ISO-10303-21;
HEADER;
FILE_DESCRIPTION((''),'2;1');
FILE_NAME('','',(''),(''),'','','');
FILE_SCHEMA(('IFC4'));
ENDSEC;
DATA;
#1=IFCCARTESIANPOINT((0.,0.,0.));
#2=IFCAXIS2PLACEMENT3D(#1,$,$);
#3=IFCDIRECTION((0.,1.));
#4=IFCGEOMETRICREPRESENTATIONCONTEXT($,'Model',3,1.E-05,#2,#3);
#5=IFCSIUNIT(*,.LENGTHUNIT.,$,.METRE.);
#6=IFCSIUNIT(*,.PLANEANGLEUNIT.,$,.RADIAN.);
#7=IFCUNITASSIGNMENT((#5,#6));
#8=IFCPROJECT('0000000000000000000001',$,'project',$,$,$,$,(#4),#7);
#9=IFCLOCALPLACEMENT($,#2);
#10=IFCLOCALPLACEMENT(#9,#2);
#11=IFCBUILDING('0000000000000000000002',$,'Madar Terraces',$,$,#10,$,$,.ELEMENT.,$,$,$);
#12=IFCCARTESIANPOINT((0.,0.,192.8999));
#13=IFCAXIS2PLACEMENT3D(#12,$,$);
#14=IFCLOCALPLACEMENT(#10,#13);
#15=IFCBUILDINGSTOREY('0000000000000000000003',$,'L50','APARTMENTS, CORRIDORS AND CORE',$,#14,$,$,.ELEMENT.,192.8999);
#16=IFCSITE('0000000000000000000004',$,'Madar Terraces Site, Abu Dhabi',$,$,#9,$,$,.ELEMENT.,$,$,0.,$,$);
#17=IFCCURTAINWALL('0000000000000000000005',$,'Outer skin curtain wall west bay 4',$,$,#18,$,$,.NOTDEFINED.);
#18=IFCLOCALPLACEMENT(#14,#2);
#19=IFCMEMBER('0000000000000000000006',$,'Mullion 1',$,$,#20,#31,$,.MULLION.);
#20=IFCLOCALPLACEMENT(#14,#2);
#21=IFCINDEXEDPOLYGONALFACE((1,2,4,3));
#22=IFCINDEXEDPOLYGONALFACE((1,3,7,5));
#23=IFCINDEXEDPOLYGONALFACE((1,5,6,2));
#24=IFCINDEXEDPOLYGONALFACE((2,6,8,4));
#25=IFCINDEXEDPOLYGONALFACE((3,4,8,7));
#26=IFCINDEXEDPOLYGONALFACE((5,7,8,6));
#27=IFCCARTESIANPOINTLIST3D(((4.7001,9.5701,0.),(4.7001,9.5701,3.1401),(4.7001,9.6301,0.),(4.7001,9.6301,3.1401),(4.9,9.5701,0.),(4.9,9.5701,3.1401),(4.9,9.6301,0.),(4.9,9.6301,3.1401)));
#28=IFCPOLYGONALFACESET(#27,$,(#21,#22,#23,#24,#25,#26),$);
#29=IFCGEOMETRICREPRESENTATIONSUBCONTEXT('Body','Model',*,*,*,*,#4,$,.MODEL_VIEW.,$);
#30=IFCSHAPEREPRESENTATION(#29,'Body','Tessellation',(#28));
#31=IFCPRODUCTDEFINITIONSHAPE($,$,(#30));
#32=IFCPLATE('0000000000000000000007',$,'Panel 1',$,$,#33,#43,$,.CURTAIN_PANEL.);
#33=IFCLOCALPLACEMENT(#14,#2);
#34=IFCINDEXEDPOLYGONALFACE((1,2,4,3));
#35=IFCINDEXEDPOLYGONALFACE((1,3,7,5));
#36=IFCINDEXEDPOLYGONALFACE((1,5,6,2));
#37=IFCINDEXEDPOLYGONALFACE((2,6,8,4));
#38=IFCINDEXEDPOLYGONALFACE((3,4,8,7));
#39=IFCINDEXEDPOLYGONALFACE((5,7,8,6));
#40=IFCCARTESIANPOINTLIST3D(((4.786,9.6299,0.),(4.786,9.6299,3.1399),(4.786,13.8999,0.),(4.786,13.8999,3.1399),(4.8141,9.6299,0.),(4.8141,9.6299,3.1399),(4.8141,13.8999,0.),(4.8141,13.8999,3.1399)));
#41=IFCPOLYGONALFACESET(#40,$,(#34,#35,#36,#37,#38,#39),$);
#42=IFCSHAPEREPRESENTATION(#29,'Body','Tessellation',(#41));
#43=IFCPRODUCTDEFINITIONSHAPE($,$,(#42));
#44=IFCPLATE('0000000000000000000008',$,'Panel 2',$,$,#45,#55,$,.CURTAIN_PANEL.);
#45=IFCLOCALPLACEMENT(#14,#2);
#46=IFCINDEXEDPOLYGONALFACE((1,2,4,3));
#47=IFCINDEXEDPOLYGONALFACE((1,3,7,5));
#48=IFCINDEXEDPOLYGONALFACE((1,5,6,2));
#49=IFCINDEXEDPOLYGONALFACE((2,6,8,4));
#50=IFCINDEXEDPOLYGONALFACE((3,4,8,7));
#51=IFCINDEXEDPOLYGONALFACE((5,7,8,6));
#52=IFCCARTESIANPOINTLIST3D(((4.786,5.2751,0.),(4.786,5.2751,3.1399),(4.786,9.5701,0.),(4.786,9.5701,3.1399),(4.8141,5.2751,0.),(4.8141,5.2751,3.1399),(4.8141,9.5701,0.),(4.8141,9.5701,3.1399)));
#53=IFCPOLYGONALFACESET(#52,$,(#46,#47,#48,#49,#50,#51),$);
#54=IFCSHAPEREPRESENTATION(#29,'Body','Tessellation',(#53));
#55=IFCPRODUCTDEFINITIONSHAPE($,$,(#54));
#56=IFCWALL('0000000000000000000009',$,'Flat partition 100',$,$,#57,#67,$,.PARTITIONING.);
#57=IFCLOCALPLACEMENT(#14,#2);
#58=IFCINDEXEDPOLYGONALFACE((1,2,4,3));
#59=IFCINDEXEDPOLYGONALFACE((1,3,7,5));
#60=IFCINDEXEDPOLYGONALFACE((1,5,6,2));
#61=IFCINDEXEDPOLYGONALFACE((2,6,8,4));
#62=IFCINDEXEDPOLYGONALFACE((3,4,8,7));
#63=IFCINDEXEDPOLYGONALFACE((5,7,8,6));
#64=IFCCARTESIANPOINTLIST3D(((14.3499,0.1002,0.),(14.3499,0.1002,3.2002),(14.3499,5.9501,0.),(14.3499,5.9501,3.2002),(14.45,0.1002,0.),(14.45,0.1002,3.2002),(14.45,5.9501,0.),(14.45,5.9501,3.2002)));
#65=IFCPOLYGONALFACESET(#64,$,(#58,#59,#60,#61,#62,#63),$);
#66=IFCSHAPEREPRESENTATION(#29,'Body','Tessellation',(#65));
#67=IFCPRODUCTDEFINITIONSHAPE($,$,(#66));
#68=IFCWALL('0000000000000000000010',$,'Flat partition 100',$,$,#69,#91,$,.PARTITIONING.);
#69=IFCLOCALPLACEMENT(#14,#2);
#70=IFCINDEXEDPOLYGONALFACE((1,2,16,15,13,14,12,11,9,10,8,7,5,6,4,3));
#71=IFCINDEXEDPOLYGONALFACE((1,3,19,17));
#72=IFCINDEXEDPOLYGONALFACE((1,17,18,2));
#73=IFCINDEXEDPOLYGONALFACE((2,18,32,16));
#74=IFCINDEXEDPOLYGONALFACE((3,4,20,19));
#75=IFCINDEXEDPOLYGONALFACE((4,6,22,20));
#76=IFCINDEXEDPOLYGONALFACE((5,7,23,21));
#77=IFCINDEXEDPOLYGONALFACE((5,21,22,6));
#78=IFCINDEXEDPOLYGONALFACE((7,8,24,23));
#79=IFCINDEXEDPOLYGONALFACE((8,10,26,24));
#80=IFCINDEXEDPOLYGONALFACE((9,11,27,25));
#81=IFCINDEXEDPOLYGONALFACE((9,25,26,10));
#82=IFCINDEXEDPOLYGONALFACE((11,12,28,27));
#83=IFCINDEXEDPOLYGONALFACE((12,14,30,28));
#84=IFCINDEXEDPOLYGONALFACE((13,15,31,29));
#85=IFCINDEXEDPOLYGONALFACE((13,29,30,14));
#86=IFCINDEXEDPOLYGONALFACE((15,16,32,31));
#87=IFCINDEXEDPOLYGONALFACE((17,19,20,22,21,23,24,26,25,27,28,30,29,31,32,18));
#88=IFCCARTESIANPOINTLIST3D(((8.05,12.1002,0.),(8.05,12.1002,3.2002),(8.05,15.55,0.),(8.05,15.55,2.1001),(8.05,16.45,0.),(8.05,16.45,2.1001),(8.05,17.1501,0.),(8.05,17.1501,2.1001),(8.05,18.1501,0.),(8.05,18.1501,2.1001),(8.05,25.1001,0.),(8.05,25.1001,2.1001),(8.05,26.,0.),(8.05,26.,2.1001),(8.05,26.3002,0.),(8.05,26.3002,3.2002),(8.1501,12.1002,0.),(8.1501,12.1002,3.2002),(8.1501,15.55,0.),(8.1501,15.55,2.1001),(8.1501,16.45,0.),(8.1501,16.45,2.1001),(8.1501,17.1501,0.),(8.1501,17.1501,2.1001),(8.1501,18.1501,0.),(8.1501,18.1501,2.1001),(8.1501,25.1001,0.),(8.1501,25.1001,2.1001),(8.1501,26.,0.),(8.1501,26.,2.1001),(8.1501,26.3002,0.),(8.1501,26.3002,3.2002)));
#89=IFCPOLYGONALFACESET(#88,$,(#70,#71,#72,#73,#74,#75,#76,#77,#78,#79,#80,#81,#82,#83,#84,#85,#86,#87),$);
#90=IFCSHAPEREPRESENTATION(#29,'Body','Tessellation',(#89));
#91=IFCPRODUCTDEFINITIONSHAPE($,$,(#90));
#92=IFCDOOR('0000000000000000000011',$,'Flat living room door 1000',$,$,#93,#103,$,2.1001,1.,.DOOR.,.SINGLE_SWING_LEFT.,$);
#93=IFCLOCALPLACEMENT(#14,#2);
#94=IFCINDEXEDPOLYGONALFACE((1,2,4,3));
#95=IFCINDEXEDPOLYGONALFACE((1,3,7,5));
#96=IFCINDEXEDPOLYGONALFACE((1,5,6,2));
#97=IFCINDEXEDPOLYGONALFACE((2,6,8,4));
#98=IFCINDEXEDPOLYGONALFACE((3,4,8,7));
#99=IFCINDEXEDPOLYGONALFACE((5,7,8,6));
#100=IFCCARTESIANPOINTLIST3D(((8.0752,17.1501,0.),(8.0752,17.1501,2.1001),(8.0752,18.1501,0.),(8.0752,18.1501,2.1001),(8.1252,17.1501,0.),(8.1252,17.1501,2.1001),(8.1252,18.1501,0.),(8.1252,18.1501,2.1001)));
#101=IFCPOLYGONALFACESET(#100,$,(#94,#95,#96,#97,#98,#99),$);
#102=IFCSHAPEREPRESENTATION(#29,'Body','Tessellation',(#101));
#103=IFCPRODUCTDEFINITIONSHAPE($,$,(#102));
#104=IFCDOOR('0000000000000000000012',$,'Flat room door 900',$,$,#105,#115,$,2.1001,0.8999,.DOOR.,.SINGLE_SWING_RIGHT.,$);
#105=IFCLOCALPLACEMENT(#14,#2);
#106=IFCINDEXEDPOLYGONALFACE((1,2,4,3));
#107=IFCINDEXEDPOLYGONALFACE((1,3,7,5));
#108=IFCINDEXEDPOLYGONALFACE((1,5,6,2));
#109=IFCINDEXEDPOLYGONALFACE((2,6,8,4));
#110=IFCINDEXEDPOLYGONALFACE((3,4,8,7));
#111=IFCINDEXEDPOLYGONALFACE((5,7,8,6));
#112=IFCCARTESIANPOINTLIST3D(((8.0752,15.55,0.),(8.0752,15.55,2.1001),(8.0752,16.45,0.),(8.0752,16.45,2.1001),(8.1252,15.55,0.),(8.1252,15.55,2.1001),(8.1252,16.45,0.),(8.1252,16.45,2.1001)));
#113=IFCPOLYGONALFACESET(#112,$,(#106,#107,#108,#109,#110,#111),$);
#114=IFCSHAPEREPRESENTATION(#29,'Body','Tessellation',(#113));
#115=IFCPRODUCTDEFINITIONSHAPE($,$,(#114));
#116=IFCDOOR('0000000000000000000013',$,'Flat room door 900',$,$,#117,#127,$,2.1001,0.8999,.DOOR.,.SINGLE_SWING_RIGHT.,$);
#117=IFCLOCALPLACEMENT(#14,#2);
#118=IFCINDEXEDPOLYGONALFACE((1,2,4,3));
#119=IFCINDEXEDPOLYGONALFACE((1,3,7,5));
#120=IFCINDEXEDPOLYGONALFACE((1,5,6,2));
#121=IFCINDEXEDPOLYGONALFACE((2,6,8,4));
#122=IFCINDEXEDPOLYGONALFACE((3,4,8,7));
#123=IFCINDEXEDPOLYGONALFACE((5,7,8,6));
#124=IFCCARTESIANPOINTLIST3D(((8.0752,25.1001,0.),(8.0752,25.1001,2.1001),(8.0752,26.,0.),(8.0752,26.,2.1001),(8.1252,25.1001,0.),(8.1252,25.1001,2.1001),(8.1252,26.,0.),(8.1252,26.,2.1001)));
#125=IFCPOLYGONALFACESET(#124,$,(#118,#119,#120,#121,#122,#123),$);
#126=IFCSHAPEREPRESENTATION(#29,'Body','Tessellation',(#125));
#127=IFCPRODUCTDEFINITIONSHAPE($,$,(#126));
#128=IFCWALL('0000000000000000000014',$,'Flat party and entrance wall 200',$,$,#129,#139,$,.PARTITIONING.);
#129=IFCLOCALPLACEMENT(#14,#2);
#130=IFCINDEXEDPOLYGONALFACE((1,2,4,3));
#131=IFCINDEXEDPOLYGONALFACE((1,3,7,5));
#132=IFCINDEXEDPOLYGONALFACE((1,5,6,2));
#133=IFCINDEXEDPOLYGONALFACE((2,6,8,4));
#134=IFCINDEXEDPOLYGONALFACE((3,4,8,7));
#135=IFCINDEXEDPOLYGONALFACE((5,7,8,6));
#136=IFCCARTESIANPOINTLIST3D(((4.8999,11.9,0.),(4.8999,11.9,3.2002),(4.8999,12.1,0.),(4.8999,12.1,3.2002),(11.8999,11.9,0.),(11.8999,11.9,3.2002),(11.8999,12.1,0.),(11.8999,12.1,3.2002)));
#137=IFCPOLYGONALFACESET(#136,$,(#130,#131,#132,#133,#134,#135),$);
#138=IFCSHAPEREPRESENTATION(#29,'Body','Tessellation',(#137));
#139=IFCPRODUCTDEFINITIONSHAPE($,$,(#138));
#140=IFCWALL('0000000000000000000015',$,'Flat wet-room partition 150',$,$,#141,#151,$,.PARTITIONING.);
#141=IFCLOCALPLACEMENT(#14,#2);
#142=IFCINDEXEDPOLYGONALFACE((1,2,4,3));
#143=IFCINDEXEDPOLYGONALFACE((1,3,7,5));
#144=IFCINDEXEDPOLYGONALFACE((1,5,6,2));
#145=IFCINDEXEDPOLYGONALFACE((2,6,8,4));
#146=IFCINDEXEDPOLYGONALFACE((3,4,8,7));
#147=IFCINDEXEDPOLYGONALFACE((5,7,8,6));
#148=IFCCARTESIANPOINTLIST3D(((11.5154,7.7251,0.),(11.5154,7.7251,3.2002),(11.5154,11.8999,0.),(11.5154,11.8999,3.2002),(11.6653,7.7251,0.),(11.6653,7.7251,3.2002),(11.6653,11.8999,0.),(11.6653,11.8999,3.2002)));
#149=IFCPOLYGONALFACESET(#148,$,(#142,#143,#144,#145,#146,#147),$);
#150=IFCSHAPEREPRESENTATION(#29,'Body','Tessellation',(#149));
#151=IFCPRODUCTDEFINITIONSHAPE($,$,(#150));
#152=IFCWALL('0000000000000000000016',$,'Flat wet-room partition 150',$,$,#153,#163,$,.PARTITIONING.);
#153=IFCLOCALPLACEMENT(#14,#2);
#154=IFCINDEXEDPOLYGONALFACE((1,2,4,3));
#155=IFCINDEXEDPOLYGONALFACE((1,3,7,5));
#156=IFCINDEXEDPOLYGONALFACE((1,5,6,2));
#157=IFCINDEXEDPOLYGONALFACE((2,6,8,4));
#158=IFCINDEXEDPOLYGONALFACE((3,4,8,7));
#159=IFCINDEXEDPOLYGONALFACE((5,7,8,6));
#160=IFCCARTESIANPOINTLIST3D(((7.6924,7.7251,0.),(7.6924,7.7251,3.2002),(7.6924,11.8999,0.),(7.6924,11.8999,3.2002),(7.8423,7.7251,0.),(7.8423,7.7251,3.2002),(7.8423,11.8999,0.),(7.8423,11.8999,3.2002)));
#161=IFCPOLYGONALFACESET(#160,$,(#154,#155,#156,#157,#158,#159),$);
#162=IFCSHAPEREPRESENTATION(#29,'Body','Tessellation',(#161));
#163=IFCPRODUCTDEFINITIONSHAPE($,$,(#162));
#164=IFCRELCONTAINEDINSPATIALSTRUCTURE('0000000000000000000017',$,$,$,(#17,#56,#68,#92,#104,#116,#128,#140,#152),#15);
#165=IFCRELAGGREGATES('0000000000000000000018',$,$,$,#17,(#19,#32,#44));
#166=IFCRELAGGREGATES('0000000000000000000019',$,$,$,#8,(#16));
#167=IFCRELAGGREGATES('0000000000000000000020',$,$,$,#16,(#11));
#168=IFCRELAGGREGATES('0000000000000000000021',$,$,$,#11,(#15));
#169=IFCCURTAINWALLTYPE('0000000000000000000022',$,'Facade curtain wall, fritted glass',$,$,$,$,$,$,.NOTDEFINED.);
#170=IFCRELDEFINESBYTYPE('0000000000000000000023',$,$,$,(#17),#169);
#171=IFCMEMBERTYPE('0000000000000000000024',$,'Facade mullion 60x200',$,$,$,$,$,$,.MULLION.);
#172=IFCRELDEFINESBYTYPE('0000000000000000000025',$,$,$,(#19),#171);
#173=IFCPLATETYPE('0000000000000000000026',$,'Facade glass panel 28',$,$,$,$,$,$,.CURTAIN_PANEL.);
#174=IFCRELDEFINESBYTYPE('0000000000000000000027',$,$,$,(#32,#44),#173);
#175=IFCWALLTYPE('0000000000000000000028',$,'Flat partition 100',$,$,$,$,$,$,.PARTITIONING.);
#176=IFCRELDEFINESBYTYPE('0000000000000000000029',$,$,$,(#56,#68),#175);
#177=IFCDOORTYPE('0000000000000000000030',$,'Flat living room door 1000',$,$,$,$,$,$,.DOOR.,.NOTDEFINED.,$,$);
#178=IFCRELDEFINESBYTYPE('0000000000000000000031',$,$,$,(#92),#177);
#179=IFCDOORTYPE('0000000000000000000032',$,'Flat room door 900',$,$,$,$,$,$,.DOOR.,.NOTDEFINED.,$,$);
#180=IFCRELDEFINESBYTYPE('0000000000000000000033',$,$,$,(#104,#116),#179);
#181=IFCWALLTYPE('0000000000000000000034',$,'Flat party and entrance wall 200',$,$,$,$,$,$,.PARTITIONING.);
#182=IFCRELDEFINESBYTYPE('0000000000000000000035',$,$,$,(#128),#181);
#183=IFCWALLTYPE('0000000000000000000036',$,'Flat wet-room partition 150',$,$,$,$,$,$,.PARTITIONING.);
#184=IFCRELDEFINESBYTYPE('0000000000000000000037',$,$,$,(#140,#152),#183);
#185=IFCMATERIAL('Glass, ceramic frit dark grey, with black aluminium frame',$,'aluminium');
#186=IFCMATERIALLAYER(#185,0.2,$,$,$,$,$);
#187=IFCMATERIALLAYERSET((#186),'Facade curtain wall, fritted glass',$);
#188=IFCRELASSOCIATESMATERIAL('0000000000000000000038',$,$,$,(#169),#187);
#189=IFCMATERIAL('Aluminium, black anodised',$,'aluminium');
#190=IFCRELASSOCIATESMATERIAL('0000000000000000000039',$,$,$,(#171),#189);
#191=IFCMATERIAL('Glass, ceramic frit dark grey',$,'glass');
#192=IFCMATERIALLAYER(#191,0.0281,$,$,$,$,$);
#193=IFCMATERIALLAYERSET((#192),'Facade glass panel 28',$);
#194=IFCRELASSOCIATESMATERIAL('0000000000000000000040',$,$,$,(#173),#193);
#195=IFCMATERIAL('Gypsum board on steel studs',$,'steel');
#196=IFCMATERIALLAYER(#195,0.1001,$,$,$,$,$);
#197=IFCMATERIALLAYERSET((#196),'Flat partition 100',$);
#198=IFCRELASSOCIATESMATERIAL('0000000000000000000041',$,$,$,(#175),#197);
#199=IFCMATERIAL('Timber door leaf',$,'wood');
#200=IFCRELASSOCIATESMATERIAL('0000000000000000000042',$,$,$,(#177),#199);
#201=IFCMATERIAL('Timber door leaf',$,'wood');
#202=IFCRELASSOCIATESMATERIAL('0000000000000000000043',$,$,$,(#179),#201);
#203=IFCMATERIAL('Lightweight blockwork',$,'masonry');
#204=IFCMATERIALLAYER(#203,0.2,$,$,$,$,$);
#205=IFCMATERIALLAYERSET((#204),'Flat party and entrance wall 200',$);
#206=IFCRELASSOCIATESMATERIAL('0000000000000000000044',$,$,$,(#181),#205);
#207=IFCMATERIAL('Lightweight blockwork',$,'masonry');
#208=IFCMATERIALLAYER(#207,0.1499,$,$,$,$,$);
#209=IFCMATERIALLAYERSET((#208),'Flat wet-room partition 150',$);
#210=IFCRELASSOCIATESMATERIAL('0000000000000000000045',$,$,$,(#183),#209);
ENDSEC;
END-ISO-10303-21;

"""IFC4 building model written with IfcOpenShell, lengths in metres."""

from ifc_helpers import new_model, si_unit, direction, frame, frame_2d, origin, origin_2d, place, context, subcontext, project, spatial, rectangle, extrude, material, layer, layer_set, material_profile, profile_set, type_object, element, fill, aggregate, save


model = new_model("IFC4")

# Units and contexts
model_context = context("Model", 3, precision=1e-05, world=origin(), true_north=direction((0.0, 1.0)))
body_context = subcontext(model_context, "Body", "Model", "MODEL_VIEW")
ifc_project = project(units=[si_unit("LENGTHUNIT", "METRE"), si_unit("PLANEANGLEUNIT", "RADIAN")], contexts=[model_context])

# Site, building, storey
site_placement = place(None, origin())
site = spatial("IfcSite", under=ifc_project, at=site_placement, Name="Madar Terraces Site, Abu Dhabi", CompositionType="ELEMENT", RefElevation=0.0)
building_placement = place(site_placement, origin())
building = spatial("IfcBuilding", under=site, at=building_placement, Name="Madar Terraces", CompositionType="ELEMENT")
storey_placement = place(building_placement, frame((0.0, 0.0, 192.8999)))
storey = spatial("IfcBuildingStorey", under=building, at=storey_placement, Name="L50", Description="APARTMENTS, CORRIDORS AND CORE", CompositionType="ELEMENT", Elevation=192.8999)

# Curtain wall, member, plates
ifc_material_1 = material(Name="Glass, ceramic frit dark grey, with black aluminium frame", Category="aluminium")
ifc_layer_1 = layer(ifc_material_1, 0.2)
ifc_layer_set_1 = layer_set([ifc_layer_1], Name="Facade curtain wall, fritted glass")
curtain_wall_type = type_object("IfcCurtainWallType", Name="Facade curtain wall, fritted glass", PredefinedType="NOTDEFINED", material=ifc_layer_set_1)
curtain_wall_placement = place(storey_placement, origin())
curtain_wall = element("IfcCurtainWall", 1, at=curtain_wall_placement, inside=storey, type_object=curtain_wall_type, Name="Outer skin curtain wall west bay 4", PredefinedType="NOTDEFINED")
ifc_material_2 = material(Name="Aluminium, black anodised", Category="aluminium")
ifc_material_profile = material_profile(ifc_material_2, rectangle(XDim=0.2, YDim=0.0601, at=origin_2d()), Name="Facade mullion 60x200")
ifc_profile_set = profile_set([ifc_material_profile], Name="Aluminium, black anodised")
member_type = type_object("IfcMemberType", Name="Facade mullion 60x200", PredefinedType="MULLION", material=ifc_profile_set)
member_placement = place(storey_placement, frame((4.8, 9.6001, 0.0), z_axis=(0.0, 0.0, 1.0), x_axis=(1.0, 0.0, 0.0)))
member = element("IfcMember", 2, at=member_placement, type_object=member_type, Name="Mullion 1", PredefinedType="MULLION", context=body_context, shape_type="SweptSolid", body=[
    extrude(rectangle(XDim=0.2, YDim=0.0601, at=origin_2d()), origin(), (0.0, 0.0, 1.0), 3.1401),
])
ifc_material_3 = material(Name="Glass, ceramic frit dark grey", Category="glass")
ifc_layer_2 = layer(ifc_material_3, 0.0281)
ifc_layer_set_2 = layer_set([ifc_layer_2], Name="Facade glass panel 28")
plate_type = type_object("IfcPlateType", Name="Facade glass panel 28", PredefinedType="CURTAIN_PANEL", material=ifc_layer_set_2)
plate_1_placement = place(storey_placement, frame((4.8, 11.7649, 0.0), z_axis=(0.0, 0.0, 1.0), x_axis=(0.0, -1.0, 0.0)))
plate_1 = element("IfcPlate", 3, at=plate_1_placement, type_object=plate_type, Name="Panel 1", PredefinedType="CURTAIN_PANEL", context=body_context, shape_type="SweptSolid", body=[
    extrude(rectangle(XDim=4.27, YDim=0.0281, at=origin_2d()), origin(), (0.0, 0.0, 1.0), 3.1399),
])
plate_2_placement = place(storey_placement, frame((4.8, 7.4226, 0.0), z_axis=(0.0, 0.0, 1.0), x_axis=(0.0, -1.0, 0.0)))
plate_2 = element("IfcPlate", 4, at=plate_2_placement, type_object=plate_type, Name="Panel 2", PredefinedType="CURTAIN_PANEL", context=body_context, shape_type="SweptSolid", body=[
    extrude(rectangle(XDim=4.2949, YDim=0.0281, at=origin_2d()), origin(), (0.0, 0.0, 1.0), 3.1399),
])
aggregate(curtain_wall, [member, plate_1, plate_2])

# Wall
ifc_material_4 = material(Name="Gypsum board on steel studs", Category="steel")
ifc_layer_3 = layer(ifc_material_4, 0.1001)
ifc_layer_set_3 = layer_set([ifc_layer_3], Name="Flat partition 100")
wall_type_1 = type_object("IfcWallType", Name="Flat partition 100", PredefinedType="PARTITIONING", material=ifc_layer_set_3)
wall_1_placement = place(storey_placement, frame((14.3999, 5.95, 0.0), z_axis=(0.0, 0.0, 1.0), x_axis=(0.0, -1.0, 0.0)))
element("IfcWall", 5, at=wall_1_placement, inside=storey, type_object=wall_type_1, Name="Flat partition 100", PredefinedType="PARTITIONING", context=body_context, shape_type="SweptSolid", body=[
    extrude(rectangle(XDim=5.8499, YDim=0.1001, at=frame_2d((2.9248, 0.0))), origin(), (0.0, 0.0, 1.0), 3.2002),
])

# Wall, openings, doors
wall_2_placement = place(storey_placement, frame((8.1001, 12.1001, 0.0), z_axis=(0.0, 0.0, 1.0), x_axis=(0.0, 1.0, 0.0)))
wall_2 = element("IfcWall", 6, at=wall_2_placement, inside=storey, type_object=wall_type_1, Name="Flat partition 100", PredefinedType="PARTITIONING", context=body_context, shape_type="SweptSolid", body=[
    extrude(rectangle(XDim=14.2, YDim=0.1001, at=frame_2d((7.1001, 0.0))), origin(), (0.0, 0.0, 1.0), 3.2002),
])
opening_1_placement = place(wall_2_placement, frame((3.45, 0.0, 0.0)))
opening_1 = element("IfcOpeningElement", 7, at=opening_1_placement, cuts=wall_2, PredefinedType="OPENING", context=body_context, shape_type="SweptSolid", body=[
    extrude(rectangle(XDim=0.8999, YDim=2.1001, at=frame_2d((0.45, 1.05))), frame((0.0, 0.0601, 0.0), z_axis=(0.0, -1.0, 0.0), x_axis=(1.0, 0.0, 0.0)), (0.0, 0.0, 1.0), 0.1201),
])
opening_2_placement = place(wall_2_placement, frame((5.05, 0.0, 0.0)))
opening_2 = element("IfcOpeningElement", 8, at=opening_2_placement, cuts=wall_2, PredefinedType="OPENING", context=body_context, shape_type="SweptSolid", body=[
    extrude(rectangle(XDim=1.0, YDim=2.1001, at=frame_2d((0.5, 1.05))), frame((0.0, 0.0601, 0.0), z_axis=(0.0, -1.0, 0.0), x_axis=(1.0, 0.0, 0.0)), (0.0, 0.0, 1.0), 0.1201),
])
opening_3_placement = place(wall_2_placement, frame((13.0, 0.0, 0.0)))
opening_3 = element("IfcOpeningElement", 9, at=opening_3_placement, cuts=wall_2, PredefinedType="OPENING", context=body_context, shape_type="SweptSolid", body=[
    extrude(rectangle(XDim=0.8999, YDim=2.1001, at=frame_2d((0.45, 1.05))), frame((0.0, 0.0601, 0.0), z_axis=(0.0, -1.0, 0.0), x_axis=(1.0, 0.0, 0.0)), (0.0, 0.0, 1.0), 0.1201),
])
ifc_material_5 = material(Name="Timber door leaf", Category="wood")
door_type_1 = type_object("IfcDoorType", Name="Flat living room door 1000", OperationType="NOTDEFINED", PredefinedType="DOOR", material=ifc_material_5)
door_1_placement = place(opening_2_placement, origin())
door_1 = element("IfcDoor", 10, at=door_1_placement, inside=storey, type_object=door_type_1, Name="Flat living room door 1000", OperationType="SINGLE_SWING_LEFT", OverallHeight=2.1001, OverallWidth=1.0, PredefinedType="DOOR", context=body_context, shape_type="SweptSolid", body=[
    extrude(rectangle(XDim=1.0, YDim=2.1001, at=frame_2d((0.5, 1.05))), frame((0.0, 0.0249, 0.0), z_axis=(0.0, -1.0, 0.0), x_axis=(1.0, 0.0, 0.0)), (0.0, 0.0, 1.0), 0.05),
])
fill(opening_2, door_1)
ifc_material_6 = material(Name="Timber door leaf", Category="wood")
door_type_2 = type_object("IfcDoorType", Name="Flat room door 900", OperationType="NOTDEFINED", PredefinedType="DOOR", material=ifc_material_6)
door_2_placement = place(opening_1_placement, origin())
door_2 = element("IfcDoor", 11, at=door_2_placement, inside=storey, type_object=door_type_2, Name="Flat room door 900", OperationType="SINGLE_SWING_RIGHT", OverallHeight=2.1001, OverallWidth=0.8999, PredefinedType="DOOR", context=body_context, shape_type="SweptSolid", body=[
    extrude(rectangle(XDim=0.8999, YDim=2.1001, at=frame_2d((0.45, 1.05))), frame((0.0, 0.0249, 0.0), z_axis=(0.0, -1.0, 0.0), x_axis=(1.0, 0.0, 0.0)), (0.0, 0.0, 1.0), 0.05),
])
fill(opening_1, door_2)
door_3_placement = place(opening_3_placement, origin())
door_3 = element("IfcDoor", 12, at=door_3_placement, inside=storey, type_object=door_type_2, Name="Flat room door 900", OperationType="SINGLE_SWING_RIGHT", OverallHeight=2.1001, OverallWidth=0.8999, PredefinedType="DOOR", context=body_context, shape_type="SweptSolid", body=[
    extrude(rectangle(XDim=0.8999, YDim=2.1001, at=frame_2d((0.45, 1.05))), frame((0.0, 0.0249, 0.0), z_axis=(0.0, -1.0, 0.0), x_axis=(1.0, 0.0, 0.0)), (0.0, 0.0, 1.0), 0.05),
])
fill(opening_3, door_3)

# Walls
ifc_material_7 = material(Name="Lightweight blockwork", Category="masonry")
ifc_layer_4 = layer(ifc_material_7, 0.2)
ifc_layer_set_4 = layer_set([ifc_layer_4], Name="Flat party and entrance wall 200")
wall_type_2 = type_object("IfcWallType", Name="Flat party and entrance wall 200", PredefinedType="PARTITIONING", material=ifc_layer_set_4)
wall_3_placement = place(storey_placement, frame((4.8999, 12.0, 0.0), z_axis=(0.0, 0.0, 1.0), x_axis=(1.0, 0.0, 0.0)))
element("IfcWall", 13, at=wall_3_placement, inside=storey, type_object=wall_type_2, Name="Flat party and entrance wall 200", PredefinedType="PARTITIONING", context=body_context, shape_type="SweptSolid", body=[
    extrude(rectangle(XDim=7.0, YDim=0.2, at=frame_2d((3.5, 0.0))), origin(), (0.0, 0.0, 1.0), 3.2002),
])
ifc_material_8 = material(Name="Lightweight blockwork", Category="masonry")
ifc_layer_5 = layer(ifc_material_8, 0.1499)
ifc_layer_set_5 = layer_set([ifc_layer_5], Name="Flat wet-room partition 150")
wall_type_3 = type_object("IfcWallType", Name="Flat wet-room partition 150", PredefinedType="PARTITIONING", material=ifc_layer_set_5)
for number, where, z_axis, x_axis, name in (
    (14, (11.5903, 11.8999, 0.0), (0.0, 0.0, 1.0), (0.0, -1.0, 0.0), "Flat wet-room partition 150"),
    (15, (7.7673, 11.8999, 0.0), (0.0, 0.0, 1.0), (0.0, -1.0, 0.0), "Flat wet-room partition 150"),
):
    element("IfcWall", number, at=place(storey_placement, frame(where, z_axis=z_axis, x_axis=x_axis)), inside=storey, type_object=wall_type_3, Name=name, PredefinedType="PARTITIONING", context=body_context, shape_type="SweptSolid", body=[
        extrude(rectangle(XDim=4.1748, YDim=0.1499, at=frame_2d((2.0874, 0.0))), origin(), (0.0, 0.0, 1.0), 3.2002),
    ])

save(model, "model.ifc")
